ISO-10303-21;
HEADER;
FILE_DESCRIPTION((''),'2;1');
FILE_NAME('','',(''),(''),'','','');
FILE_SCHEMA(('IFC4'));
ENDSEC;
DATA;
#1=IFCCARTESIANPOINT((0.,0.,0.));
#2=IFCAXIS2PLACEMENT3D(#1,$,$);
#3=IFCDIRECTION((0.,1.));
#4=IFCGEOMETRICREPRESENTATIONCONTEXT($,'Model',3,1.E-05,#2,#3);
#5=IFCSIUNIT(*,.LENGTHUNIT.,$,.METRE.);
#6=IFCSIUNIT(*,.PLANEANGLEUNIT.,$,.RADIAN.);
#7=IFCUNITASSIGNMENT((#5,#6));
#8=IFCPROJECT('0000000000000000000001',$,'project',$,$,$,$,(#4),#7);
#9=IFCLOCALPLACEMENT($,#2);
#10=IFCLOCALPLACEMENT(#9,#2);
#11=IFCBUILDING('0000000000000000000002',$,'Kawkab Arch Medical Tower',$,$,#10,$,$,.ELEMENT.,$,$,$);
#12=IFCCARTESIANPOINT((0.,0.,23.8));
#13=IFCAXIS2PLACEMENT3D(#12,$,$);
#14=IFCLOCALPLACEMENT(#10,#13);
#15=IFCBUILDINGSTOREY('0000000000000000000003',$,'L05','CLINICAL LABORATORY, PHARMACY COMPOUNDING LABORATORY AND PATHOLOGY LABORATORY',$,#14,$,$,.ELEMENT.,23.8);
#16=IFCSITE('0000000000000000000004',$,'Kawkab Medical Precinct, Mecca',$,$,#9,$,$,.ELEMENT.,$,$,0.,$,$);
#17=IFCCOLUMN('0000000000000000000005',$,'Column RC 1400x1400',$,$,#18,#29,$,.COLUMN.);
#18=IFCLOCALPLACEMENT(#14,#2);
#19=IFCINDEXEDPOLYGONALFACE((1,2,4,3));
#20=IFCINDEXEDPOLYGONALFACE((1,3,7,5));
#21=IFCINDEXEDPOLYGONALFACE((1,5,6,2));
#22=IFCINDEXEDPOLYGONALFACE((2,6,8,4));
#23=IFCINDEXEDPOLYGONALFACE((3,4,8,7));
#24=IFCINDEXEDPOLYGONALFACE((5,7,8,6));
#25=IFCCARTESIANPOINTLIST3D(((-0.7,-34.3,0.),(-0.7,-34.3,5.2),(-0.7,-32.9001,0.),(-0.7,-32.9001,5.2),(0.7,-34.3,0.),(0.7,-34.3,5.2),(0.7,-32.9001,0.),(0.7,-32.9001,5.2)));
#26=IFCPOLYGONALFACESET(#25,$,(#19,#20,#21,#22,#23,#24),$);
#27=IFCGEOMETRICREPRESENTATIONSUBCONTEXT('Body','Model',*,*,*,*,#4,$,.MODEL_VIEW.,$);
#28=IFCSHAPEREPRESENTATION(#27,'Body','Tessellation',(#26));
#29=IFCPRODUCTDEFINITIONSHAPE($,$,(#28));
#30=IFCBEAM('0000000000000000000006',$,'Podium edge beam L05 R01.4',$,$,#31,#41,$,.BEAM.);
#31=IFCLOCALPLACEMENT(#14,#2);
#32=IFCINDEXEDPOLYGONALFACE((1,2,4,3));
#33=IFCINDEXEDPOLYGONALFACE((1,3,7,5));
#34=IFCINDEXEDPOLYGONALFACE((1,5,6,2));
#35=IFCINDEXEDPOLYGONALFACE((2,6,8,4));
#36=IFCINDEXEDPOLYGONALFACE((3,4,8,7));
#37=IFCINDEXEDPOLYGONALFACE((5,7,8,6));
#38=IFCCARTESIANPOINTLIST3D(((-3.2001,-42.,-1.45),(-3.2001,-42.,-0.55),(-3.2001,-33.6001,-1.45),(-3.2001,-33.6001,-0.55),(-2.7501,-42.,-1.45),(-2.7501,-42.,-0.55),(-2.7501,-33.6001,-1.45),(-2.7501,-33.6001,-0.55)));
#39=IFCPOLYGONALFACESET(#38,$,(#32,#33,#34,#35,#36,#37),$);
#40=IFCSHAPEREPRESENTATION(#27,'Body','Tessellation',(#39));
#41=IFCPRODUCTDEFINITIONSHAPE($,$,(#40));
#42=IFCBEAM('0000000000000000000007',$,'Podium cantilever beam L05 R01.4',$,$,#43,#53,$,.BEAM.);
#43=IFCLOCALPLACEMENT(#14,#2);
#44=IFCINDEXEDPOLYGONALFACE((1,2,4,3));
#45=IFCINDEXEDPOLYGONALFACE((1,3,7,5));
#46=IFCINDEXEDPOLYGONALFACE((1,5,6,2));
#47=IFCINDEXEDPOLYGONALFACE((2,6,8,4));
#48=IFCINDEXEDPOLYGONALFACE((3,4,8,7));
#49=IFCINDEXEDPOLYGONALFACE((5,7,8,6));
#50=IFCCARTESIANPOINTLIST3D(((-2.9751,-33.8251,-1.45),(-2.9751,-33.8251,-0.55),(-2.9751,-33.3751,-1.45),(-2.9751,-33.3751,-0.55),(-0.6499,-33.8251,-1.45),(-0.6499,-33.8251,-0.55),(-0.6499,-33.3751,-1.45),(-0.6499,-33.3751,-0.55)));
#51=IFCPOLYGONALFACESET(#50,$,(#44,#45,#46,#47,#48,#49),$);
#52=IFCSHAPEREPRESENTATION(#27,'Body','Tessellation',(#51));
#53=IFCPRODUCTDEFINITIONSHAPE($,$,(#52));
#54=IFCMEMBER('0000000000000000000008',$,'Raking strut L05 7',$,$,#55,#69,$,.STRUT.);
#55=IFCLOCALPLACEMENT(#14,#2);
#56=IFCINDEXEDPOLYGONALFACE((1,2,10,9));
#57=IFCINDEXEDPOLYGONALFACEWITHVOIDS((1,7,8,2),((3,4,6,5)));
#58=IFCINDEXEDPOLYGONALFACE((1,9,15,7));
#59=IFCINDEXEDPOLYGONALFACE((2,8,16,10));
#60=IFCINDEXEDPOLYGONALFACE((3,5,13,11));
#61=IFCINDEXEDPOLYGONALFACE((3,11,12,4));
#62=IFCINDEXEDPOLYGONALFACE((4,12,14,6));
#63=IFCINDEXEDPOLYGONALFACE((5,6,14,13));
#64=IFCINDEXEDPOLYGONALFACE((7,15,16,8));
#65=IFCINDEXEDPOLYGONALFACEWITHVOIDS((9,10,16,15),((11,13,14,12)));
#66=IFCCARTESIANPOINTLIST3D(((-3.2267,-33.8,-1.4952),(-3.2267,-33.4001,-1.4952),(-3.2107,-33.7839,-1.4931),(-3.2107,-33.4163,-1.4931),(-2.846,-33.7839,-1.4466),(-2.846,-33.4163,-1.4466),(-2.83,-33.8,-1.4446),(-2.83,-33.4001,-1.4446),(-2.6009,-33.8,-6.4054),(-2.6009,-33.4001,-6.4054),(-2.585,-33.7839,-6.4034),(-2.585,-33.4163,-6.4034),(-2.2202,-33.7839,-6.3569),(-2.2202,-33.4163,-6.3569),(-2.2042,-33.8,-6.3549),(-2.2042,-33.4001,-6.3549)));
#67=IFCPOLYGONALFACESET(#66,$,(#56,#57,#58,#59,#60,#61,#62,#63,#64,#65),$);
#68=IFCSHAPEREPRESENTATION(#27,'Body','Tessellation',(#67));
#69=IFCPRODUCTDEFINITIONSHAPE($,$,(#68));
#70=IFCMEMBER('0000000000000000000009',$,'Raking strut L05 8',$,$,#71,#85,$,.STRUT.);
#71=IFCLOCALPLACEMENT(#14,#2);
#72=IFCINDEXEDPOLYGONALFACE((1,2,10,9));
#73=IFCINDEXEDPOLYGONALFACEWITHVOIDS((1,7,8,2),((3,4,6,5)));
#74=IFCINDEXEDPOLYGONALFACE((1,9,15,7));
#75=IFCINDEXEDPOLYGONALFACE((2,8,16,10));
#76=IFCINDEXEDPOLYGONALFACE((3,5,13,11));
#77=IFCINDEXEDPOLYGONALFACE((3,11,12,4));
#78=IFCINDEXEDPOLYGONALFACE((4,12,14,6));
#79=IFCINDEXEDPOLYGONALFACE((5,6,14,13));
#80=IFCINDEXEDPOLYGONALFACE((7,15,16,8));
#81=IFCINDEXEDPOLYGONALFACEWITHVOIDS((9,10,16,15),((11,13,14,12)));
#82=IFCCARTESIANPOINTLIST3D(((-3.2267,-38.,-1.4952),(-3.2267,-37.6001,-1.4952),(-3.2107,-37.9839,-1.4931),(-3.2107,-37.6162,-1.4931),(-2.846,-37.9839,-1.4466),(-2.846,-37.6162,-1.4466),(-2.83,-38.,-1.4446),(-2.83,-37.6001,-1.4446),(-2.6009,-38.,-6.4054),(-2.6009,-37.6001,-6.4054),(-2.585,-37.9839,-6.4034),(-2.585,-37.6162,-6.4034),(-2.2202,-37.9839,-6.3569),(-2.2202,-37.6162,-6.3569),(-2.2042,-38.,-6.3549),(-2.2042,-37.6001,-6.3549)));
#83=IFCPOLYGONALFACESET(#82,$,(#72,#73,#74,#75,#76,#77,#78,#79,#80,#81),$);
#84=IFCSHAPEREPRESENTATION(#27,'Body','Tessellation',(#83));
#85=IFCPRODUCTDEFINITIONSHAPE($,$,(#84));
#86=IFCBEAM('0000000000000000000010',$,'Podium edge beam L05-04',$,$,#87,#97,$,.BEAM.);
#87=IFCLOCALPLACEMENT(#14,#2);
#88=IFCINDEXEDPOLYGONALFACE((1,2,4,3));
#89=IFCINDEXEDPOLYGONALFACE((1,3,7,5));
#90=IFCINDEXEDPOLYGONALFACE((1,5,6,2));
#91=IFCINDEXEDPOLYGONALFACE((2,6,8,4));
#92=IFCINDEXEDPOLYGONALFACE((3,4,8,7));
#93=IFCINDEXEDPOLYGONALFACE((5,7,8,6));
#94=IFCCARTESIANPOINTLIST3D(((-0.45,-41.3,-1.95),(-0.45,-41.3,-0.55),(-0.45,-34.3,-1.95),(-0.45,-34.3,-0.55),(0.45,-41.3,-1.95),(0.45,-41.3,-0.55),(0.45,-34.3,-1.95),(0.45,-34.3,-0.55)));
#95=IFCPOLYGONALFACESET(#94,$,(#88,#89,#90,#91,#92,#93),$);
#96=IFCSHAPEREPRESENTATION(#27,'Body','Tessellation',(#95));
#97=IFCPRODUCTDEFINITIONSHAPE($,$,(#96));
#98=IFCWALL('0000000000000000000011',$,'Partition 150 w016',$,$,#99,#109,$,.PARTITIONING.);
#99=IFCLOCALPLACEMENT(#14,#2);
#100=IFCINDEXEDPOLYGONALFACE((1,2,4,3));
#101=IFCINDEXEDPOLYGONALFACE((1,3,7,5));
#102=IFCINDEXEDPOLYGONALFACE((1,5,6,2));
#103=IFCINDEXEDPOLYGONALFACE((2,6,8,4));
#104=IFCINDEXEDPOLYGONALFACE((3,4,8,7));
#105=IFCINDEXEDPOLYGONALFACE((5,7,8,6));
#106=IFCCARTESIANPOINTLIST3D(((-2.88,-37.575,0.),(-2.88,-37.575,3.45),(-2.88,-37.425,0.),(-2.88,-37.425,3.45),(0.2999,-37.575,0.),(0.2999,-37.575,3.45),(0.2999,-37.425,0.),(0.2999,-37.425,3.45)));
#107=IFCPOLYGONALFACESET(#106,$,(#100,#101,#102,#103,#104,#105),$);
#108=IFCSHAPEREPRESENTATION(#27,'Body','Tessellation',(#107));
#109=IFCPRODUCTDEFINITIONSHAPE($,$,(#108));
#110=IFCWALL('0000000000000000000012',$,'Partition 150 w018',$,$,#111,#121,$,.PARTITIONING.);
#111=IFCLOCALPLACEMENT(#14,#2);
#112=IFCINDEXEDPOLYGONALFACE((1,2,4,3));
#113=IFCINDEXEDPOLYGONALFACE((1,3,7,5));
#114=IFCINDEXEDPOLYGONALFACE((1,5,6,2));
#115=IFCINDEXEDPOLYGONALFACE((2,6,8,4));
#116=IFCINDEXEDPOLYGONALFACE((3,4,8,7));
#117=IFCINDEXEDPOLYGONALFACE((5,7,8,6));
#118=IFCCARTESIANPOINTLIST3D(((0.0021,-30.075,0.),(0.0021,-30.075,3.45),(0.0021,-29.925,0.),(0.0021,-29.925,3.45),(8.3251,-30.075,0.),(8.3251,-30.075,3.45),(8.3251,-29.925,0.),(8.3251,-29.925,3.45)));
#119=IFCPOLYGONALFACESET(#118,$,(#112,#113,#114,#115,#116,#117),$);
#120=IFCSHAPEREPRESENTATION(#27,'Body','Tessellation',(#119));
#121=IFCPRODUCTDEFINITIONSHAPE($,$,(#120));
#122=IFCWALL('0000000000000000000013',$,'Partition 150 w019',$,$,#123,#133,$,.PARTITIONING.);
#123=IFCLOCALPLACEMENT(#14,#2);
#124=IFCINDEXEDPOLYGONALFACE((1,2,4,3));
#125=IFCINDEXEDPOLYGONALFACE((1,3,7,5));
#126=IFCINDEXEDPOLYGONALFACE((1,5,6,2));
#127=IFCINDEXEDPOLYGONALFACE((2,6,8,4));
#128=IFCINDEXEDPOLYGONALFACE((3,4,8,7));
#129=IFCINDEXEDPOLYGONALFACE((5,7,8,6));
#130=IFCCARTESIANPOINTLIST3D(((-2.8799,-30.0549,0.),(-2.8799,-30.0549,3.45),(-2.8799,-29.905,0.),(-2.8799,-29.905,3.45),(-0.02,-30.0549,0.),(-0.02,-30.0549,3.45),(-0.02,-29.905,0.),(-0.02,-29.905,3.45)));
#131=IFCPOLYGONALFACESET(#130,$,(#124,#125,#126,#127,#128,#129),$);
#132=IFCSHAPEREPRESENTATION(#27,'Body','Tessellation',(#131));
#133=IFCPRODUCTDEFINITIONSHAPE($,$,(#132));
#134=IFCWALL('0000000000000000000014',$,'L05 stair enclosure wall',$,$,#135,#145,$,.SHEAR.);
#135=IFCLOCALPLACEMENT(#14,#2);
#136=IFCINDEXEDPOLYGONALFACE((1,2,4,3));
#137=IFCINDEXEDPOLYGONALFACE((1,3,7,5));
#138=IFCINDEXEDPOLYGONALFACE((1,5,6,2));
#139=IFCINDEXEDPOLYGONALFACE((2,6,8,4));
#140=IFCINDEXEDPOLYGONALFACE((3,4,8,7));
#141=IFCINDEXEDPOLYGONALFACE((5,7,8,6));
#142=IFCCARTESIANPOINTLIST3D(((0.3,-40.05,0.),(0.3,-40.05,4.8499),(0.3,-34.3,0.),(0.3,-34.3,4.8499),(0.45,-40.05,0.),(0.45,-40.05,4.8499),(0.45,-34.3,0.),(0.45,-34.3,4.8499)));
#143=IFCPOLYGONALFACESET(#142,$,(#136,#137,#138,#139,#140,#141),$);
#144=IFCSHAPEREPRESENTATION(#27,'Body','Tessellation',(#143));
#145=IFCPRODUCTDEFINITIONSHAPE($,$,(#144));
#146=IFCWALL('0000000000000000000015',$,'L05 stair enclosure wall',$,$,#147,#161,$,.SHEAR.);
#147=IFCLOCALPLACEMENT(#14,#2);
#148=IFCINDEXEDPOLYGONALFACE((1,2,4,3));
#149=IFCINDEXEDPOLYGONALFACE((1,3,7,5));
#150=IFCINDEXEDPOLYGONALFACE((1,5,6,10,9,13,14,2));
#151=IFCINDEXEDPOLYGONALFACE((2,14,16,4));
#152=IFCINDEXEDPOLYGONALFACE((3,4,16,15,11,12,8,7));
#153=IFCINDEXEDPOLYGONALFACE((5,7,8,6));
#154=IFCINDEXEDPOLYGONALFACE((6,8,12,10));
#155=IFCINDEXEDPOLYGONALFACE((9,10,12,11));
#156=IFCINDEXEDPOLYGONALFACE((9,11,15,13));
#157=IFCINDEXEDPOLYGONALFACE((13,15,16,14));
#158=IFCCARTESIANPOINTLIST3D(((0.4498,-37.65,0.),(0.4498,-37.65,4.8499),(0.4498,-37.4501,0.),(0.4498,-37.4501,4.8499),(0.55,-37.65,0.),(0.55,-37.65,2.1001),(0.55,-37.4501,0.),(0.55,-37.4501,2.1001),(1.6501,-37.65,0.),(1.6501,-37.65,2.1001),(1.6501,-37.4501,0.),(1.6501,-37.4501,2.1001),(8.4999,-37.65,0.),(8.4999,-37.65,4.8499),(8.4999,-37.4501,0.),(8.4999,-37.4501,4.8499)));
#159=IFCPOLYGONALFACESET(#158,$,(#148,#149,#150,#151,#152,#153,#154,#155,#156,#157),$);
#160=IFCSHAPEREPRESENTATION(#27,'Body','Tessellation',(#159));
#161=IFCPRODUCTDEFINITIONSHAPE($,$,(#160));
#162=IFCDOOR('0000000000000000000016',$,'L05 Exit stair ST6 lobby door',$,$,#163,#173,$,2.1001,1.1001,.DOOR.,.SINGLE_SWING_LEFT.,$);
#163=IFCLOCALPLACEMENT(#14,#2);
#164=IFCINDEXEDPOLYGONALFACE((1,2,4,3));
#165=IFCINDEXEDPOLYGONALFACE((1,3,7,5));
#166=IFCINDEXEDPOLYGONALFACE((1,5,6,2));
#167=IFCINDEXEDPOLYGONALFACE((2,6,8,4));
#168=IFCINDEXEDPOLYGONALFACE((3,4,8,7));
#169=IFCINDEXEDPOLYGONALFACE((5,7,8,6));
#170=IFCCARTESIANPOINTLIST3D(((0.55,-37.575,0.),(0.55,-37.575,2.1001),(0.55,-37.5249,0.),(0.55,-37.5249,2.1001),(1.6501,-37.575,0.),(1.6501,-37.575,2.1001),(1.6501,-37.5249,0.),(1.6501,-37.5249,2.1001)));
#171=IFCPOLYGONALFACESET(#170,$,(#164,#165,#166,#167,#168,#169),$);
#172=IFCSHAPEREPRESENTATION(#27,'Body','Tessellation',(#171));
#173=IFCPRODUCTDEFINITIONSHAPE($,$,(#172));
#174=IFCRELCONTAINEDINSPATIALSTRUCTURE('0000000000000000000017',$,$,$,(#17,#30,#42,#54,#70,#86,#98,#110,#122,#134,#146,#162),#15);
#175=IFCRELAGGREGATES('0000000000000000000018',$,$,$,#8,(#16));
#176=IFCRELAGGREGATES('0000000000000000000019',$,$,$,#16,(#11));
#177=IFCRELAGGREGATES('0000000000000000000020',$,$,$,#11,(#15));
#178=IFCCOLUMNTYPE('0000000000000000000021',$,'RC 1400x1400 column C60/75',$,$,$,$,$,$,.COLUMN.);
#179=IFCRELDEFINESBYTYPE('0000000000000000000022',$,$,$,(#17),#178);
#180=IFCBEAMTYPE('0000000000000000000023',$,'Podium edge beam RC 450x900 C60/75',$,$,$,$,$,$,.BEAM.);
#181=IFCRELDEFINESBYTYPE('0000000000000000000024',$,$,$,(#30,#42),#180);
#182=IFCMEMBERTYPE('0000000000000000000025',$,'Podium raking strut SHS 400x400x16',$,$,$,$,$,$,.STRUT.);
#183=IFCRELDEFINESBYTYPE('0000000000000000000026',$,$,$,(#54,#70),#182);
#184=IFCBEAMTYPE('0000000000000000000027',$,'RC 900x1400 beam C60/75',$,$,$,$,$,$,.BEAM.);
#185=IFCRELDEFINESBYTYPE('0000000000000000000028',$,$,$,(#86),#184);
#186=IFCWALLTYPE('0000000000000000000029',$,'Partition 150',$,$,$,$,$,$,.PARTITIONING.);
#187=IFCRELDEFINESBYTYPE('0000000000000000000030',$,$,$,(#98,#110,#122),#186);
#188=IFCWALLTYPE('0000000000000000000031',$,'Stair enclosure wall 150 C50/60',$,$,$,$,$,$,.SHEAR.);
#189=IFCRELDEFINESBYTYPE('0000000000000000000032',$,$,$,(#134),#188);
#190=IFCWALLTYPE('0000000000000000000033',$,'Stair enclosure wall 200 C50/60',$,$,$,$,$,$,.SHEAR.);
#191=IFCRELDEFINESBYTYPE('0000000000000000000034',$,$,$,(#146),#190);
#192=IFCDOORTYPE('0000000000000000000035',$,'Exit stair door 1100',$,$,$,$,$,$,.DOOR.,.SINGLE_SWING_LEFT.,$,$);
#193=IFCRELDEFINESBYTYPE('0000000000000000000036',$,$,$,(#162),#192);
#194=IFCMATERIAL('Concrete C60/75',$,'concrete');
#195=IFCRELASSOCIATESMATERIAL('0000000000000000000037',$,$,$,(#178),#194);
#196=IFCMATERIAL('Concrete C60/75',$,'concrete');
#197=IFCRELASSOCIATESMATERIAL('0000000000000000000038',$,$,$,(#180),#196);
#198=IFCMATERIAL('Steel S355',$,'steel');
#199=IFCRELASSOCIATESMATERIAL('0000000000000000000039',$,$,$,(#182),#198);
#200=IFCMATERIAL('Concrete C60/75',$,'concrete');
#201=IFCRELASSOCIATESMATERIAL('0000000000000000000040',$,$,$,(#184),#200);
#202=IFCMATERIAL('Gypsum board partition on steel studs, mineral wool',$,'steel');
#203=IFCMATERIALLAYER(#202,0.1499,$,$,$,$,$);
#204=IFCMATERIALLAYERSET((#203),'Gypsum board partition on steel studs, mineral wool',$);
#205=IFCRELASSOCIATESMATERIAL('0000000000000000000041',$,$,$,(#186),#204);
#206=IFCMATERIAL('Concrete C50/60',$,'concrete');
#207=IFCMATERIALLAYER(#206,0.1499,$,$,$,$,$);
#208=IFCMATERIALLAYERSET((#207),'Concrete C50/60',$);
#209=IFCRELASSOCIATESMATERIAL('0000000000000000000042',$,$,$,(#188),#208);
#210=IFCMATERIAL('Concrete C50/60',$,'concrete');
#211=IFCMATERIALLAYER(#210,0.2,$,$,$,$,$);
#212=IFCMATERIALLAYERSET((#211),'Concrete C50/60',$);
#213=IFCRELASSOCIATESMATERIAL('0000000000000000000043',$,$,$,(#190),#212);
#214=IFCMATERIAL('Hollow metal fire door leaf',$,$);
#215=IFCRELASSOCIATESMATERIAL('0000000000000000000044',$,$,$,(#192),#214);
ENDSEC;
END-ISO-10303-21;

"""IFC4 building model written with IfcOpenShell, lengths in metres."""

from ifc_helpers import new_model, si_unit, direction, frame, frame_2d, origin, origin_2d, place, context, subcontext, project, spatial, rectangle, hollow_rectangle, extrude, material, layer, layer_set, material_profile, profile_set, type_object, element, fill, save


model = new_model("IFC4")

# Units and contexts
model_context = context("Model", 3, precision=1e-05, world=origin(), true_north=direction((0.0, 1.0)))
body_context = subcontext(model_context, "Body", "Model", "MODEL_VIEW")
ifc_project = project(units=[si_unit("LENGTHUNIT", "METRE"), si_unit("PLANEANGLEUNIT", "RADIAN")], contexts=[model_context])

# Site, building, storey
site_placement = place(None, origin())
site = spatial("IfcSite", under=ifc_project, at=site_placement, Name="Kawkab Medical Precinct, Mecca", CompositionType="ELEMENT", RefElevation=0.0)
building_placement = place(site_placement, origin())
building = spatial("IfcBuilding", under=site, at=building_placement, Name="Kawkab Arch Medical Tower", CompositionType="ELEMENT")
storey_placement = place(building_placement, frame((0.0, 0.0, 23.8)))
storey = spatial("IfcBuildingStorey", under=building, at=storey_placement, Name="L05", Description="CLINICAL LABORATORY, PHARMACY COMPOUNDING LABORATORY AND PATHOLOGY LABORATORY", CompositionType="ELEMENT", Elevation=23.8)

# Column
ifc_material_1 = material(Name="Concrete C60/75", Category="concrete")
ifc_material_profile_1 = material_profile(ifc_material_1, rectangle(XDim=1.3999, YDim=1.3999, at=origin_2d()), Name="RC 1400x1400")
ifc_profile_set_1 = profile_set([ifc_material_profile_1], Name="Concrete C60/75")
column_type = type_object("IfcColumnType", Name="RC 1400x1400 column C60/75", PredefinedType="COLUMN", material=ifc_profile_set_1)
column_placement = place(storey_placement, frame((0.0, -33.6001, 0.0), z_axis=(0.0, 0.0, 1.0), x_axis=(1.0, 0.0, 0.0)))
element("IfcColumn", 1, at=column_placement, inside=storey, type_object=column_type, Name="Column RC 1400x1400", PredefinedType="COLUMN", context=body_context, shape_type="SweptSolid", body=[
    extrude(rectangle(XDim=1.3999, YDim=1.3999, at=origin_2d()), origin(), (0.0, 0.0, 1.0), 5.2),
])

# Beams
ifc_material_2 = material(Name="Concrete C60/75", Category="concrete")
ifc_material_profile_2 = material_profile(ifc_material_2, rectangle(XDim=0.45, YDim=0.8999, at=origin_2d()), Name="RC 450x900")
ifc_profile_set_2 = profile_set([ifc_material_profile_2], Name="Concrete C60/75")
beam_type_1 = type_object("IfcBeamType", Name="Podium edge beam RC 450x900 C60/75", PredefinedType="BEAM", material=ifc_profile_set_2)
beam_1_placement = place(storey_placement, frame((-2.9751, -33.6001, -1.0), z_axis=(0.0, -1.0, 0.0), x_axis=(1.0, 0.0, 0.0)))
element("IfcBeam", 2, at=beam_1_placement, inside=storey, type_object=beam_type_1, Name="Podium edge beam L05 R01.4", PredefinedType="BEAM", context=body_context, shape_type="SweptSolid", body=[
    extrude(rectangle(XDim=0.45, YDim=0.8999, at=origin_2d()), origin(), (0.0, 0.0, 1.0), 8.3999),
])
beam_2_placement = place(storey_placement, frame((-0.6499, -33.6001, -1.0), z_axis=(-1.0, 0.0, 0.0), x_axis=(0.0, -1.0, 0.0)))
element("IfcBeam", 3, at=beam_2_placement, inside=storey, type_object=beam_type_1, Name="Podium cantilever beam L05 R01.4", PredefinedType="BEAM", context=body_context, shape_type="SweptSolid", body=[
    extrude(rectangle(XDim=0.45, YDim=0.8999, at=origin_2d()), origin(), (0.0, 0.0, 1.0), 2.3252),
])

# Members
ifc_material_3 = material(Name="Steel S355", Category="steel")
ifc_material_profile_3 = material_profile(ifc_material_3, hollow_rectangle(XDim=0.3999, YDim=0.3999, WallThickness=0.0161, at=origin_2d()), Name="SHS 400x400x16")
ifc_profile_set_3 = profile_set([ifc_material_profile_3], Name="Steel S355")
member_type = type_object("IfcMemberType", Name="Podium raking strut SHS 400x400x16", PredefinedType="STRUT", material=ifc_profile_set_3)
for number, where, z_axis, x_axis, name in (
    (4, (-2.4026, -33.6001, -6.3801), (-0.126414, 0.0, 0.991978), (0.0, -1.0, 0.0), "Raking strut L05 7"),
    (5, (-2.4026, -37.8, -6.3801), (-0.126414, 0.0, 0.991978), (0.0, -1.0, 0.0), "Raking strut L05 8"),
):
    element("IfcMember", number, at=place(storey_placement, frame(where, z_axis=z_axis, x_axis=x_axis)), inside=storey, type_object=member_type, Name=name, PredefinedType="STRUT", context=body_context, shape_type="SweptSolid", body=[
        extrude(hollow_rectangle(XDim=0.3999, YDim=0.3999, WallThickness=0.0161, at=origin_2d()), origin(), (0.0, 0.0, 1.0), 4.95),
    ])

# Beam
ifc_material_4 = material(Name="Concrete C60/75", Category="concrete")
ifc_material_profile_4 = material_profile(ifc_material_4, rectangle(XDim=0.8999, YDim=1.3999, at=origin_2d()), Name="RC 900x1400")
ifc_profile_set_4 = profile_set([ifc_material_profile_4], Name="Concrete C60/75")
beam_type_2 = type_object("IfcBeamType", Name="RC 900x1400 beam C60/75", PredefinedType="BEAM", material=ifc_profile_set_4)
beam_3_placement = place(storey_placement, frame((0.0, -34.3, -1.25), z_axis=(0.0, -1.0, 0.0), x_axis=(1.0, 0.0, 0.0)))
element("IfcBeam", 6, at=beam_3_placement, inside=storey, type_object=beam_type_2, Name="Podium edge beam L05-04", PredefinedType="BEAM", context=body_context, shape_type="SweptSolid", body=[
    extrude(rectangle(XDim=0.8999, YDim=1.3999, at=origin_2d()), origin(), (0.0, 0.0, 1.0), 7.0),
])

# Walls
ifc_material_5 = material(Name="Gypsum board partition on steel studs, mineral wool", Category="steel")
ifc_layer_1 = layer(ifc_material_5, 0.1499)
ifc_layer_set_1 = layer_set([ifc_layer_1], Name="Gypsum board partition on steel studs, mineral wool")
wall_type_1 = type_object("IfcWallType", Name="Partition 150", PredefinedType="PARTITIONING", material=ifc_layer_set_1)
wall_1_placement = place(storey_placement, frame((-2.8799, -37.5, 0.0), z_axis=(0.0, 0.0, 1.0), x_axis=(1.0, 0.0, 0.0)))
element("IfcWall", 7, at=wall_1_placement, inside=storey, type_object=wall_type_1, Name="Partition 150 w016", PredefinedType="PARTITIONING", context=body_context, shape_type="SweptSolid", body=[
    extrude(rectangle(XDim=3.1799, YDim=0.1499, at=frame_2d((1.5898, 0.0))), origin(), (0.0, 0.0, 1.0), 3.45),
])
wall_2_placement = place(storey_placement, frame((0.002, -30.0, 0.0), z_axis=(0.0, 0.0, 1.0), x_axis=(1.0, 0.0, 0.0)))
element("IfcWall", 8, at=wall_2_placement, inside=storey, type_object=wall_type_1, Name="Partition 150 w018", PredefinedType="PARTITIONING", context=body_context, shape_type="SweptSolid", body=[
    extrude(rectangle(XDim=8.323, YDim=0.1499, at=frame_2d((4.1616, 0.0))), origin(), (0.0, 0.0, 1.0), 3.45),
])
wall_3_placement = place(storey_placement, frame((-2.8799, -29.98, 0.0), z_axis=(0.0, 0.0, 1.0), x_axis=(1.0, 0.0, 0.0)))
element("IfcWall", 9, at=wall_3_placement, inside=storey, type_object=wall_type_1, Name="Partition 150 w019", PredefinedType="PARTITIONING", context=body_context, shape_type="SweptSolid", body=[
    extrude(rectangle(XDim=2.8599, YDim=0.1499, at=frame_2d((1.4299, 0.0))), origin(), (0.0, 0.0, 1.0), 3.45),
])
ifc_material_6 = material(Name="Concrete C50/60", Category="concrete")
ifc_layer_2 = layer(ifc_material_6, 0.1499)
ifc_layer_set_2 = layer_set([ifc_layer_2], Name="Concrete C50/60")
wall_type_2 = type_object("IfcWallType", Name="Stair enclosure wall 150 C50/60", PredefinedType="SHEAR", material=ifc_layer_set_2)
wall_4_placement = place(storey_placement, frame((0.375, -40.05, 0.0), z_axis=(0.0, 0.0, 1.0), x_axis=(0.0, 1.0, 0.0)))
element("IfcWall", 10, at=wall_4_placement, inside=storey, type_object=wall_type_2, Name="L05 stair enclosure wall", PredefinedType="SHEAR", context=body_context, shape_type="SweptSolid", body=[
    extrude(rectangle(XDim=5.75, YDim=0.1499, at=frame_2d((2.875, 0.0))), origin(), (0.0, 0.0, 1.0), 4.8499),
])

# Wall, opening, door
ifc_material_7 = material(Name="Concrete C50/60", Category="concrete")
ifc_layer_3 = layer(ifc_material_7, 0.2)
ifc_layer_set_3 = layer_set([ifc_layer_3], Name="Concrete C50/60")
wall_type_3 = type_object("IfcWallType", Name="Stair enclosure wall 200 C50/60", PredefinedType="SHEAR", material=ifc_layer_set_3)
wall_5_placement = place(storey_placement, frame((0.45, -37.55, 0.0), z_axis=(0.0, 0.0, 1.0), x_axis=(1.0, 0.0, 0.0)))
wall_5 = element("IfcWall", 11, at=wall_5_placement, inside=storey, type_object=wall_type_3, Name="L05 stair enclosure wall", PredefinedType="SHEAR", context=body_context, shape_type="SweptSolid", body=[
    extrude(rectangle(XDim=8.05, YDim=0.2, at=frame_2d((4.0249, 0.0))), origin(), (0.0, 0.0, 1.0), 4.8499),
])
opening_1_placement = place(wall_5_placement, frame((0.1001, 0.0, 0.0)))
opening_1 = element("IfcOpeningElement", 12, at=opening_1_placement, cuts=wall_5, PredefinedType="OPENING", context=body_context, shape_type="SweptSolid", body=[
    extrude(rectangle(XDim=1.1001, YDim=2.1001, at=frame_2d((0.55, 1.05))), frame((0.0, 0.1099, 0.0), z_axis=(0.0, -1.0, 0.0), x_axis=(1.0, 0.0, 0.0)), (0.0, 0.0, 1.0), 0.22),
])
ifc_material_8 = material(Name="Hollow metal fire door leaf")
door_type_1 = type_object("IfcDoorType", Name="Exit stair door 1100", OperationType="SINGLE_SWING_LEFT", PredefinedType="DOOR", material=ifc_material_8)
door_1_placement = place(opening_1_placement, frame((1.1001, 0.0, 0.0), z_axis=(0.0, 0.0, 1.0), x_axis=(-1.0, 0.0, 0.0)))
door_1 = element("IfcDoor", 13, at=door_1_placement, inside=storey, type_object=door_type_1, Name="L05 Exit stair ST6 lobby door", OperationType="SINGLE_SWING_LEFT", OverallHeight=2.1001, OverallWidth=1.1001, PredefinedType="DOOR", context=body_context, shape_type="SweptSolid", body=[
    extrude(rectangle(XDim=1.1001, YDim=2.1001, at=frame_2d((0.55, 1.05))), frame((0.0, 0.0249, 0.0), z_axis=(0.0, -1.0, 0.0), x_axis=(1.0, 0.0, 0.0)), (0.0, 0.0, 1.0), 0.05),
])
fill(opening_1, door_1)

save(model, "model.ifc")
